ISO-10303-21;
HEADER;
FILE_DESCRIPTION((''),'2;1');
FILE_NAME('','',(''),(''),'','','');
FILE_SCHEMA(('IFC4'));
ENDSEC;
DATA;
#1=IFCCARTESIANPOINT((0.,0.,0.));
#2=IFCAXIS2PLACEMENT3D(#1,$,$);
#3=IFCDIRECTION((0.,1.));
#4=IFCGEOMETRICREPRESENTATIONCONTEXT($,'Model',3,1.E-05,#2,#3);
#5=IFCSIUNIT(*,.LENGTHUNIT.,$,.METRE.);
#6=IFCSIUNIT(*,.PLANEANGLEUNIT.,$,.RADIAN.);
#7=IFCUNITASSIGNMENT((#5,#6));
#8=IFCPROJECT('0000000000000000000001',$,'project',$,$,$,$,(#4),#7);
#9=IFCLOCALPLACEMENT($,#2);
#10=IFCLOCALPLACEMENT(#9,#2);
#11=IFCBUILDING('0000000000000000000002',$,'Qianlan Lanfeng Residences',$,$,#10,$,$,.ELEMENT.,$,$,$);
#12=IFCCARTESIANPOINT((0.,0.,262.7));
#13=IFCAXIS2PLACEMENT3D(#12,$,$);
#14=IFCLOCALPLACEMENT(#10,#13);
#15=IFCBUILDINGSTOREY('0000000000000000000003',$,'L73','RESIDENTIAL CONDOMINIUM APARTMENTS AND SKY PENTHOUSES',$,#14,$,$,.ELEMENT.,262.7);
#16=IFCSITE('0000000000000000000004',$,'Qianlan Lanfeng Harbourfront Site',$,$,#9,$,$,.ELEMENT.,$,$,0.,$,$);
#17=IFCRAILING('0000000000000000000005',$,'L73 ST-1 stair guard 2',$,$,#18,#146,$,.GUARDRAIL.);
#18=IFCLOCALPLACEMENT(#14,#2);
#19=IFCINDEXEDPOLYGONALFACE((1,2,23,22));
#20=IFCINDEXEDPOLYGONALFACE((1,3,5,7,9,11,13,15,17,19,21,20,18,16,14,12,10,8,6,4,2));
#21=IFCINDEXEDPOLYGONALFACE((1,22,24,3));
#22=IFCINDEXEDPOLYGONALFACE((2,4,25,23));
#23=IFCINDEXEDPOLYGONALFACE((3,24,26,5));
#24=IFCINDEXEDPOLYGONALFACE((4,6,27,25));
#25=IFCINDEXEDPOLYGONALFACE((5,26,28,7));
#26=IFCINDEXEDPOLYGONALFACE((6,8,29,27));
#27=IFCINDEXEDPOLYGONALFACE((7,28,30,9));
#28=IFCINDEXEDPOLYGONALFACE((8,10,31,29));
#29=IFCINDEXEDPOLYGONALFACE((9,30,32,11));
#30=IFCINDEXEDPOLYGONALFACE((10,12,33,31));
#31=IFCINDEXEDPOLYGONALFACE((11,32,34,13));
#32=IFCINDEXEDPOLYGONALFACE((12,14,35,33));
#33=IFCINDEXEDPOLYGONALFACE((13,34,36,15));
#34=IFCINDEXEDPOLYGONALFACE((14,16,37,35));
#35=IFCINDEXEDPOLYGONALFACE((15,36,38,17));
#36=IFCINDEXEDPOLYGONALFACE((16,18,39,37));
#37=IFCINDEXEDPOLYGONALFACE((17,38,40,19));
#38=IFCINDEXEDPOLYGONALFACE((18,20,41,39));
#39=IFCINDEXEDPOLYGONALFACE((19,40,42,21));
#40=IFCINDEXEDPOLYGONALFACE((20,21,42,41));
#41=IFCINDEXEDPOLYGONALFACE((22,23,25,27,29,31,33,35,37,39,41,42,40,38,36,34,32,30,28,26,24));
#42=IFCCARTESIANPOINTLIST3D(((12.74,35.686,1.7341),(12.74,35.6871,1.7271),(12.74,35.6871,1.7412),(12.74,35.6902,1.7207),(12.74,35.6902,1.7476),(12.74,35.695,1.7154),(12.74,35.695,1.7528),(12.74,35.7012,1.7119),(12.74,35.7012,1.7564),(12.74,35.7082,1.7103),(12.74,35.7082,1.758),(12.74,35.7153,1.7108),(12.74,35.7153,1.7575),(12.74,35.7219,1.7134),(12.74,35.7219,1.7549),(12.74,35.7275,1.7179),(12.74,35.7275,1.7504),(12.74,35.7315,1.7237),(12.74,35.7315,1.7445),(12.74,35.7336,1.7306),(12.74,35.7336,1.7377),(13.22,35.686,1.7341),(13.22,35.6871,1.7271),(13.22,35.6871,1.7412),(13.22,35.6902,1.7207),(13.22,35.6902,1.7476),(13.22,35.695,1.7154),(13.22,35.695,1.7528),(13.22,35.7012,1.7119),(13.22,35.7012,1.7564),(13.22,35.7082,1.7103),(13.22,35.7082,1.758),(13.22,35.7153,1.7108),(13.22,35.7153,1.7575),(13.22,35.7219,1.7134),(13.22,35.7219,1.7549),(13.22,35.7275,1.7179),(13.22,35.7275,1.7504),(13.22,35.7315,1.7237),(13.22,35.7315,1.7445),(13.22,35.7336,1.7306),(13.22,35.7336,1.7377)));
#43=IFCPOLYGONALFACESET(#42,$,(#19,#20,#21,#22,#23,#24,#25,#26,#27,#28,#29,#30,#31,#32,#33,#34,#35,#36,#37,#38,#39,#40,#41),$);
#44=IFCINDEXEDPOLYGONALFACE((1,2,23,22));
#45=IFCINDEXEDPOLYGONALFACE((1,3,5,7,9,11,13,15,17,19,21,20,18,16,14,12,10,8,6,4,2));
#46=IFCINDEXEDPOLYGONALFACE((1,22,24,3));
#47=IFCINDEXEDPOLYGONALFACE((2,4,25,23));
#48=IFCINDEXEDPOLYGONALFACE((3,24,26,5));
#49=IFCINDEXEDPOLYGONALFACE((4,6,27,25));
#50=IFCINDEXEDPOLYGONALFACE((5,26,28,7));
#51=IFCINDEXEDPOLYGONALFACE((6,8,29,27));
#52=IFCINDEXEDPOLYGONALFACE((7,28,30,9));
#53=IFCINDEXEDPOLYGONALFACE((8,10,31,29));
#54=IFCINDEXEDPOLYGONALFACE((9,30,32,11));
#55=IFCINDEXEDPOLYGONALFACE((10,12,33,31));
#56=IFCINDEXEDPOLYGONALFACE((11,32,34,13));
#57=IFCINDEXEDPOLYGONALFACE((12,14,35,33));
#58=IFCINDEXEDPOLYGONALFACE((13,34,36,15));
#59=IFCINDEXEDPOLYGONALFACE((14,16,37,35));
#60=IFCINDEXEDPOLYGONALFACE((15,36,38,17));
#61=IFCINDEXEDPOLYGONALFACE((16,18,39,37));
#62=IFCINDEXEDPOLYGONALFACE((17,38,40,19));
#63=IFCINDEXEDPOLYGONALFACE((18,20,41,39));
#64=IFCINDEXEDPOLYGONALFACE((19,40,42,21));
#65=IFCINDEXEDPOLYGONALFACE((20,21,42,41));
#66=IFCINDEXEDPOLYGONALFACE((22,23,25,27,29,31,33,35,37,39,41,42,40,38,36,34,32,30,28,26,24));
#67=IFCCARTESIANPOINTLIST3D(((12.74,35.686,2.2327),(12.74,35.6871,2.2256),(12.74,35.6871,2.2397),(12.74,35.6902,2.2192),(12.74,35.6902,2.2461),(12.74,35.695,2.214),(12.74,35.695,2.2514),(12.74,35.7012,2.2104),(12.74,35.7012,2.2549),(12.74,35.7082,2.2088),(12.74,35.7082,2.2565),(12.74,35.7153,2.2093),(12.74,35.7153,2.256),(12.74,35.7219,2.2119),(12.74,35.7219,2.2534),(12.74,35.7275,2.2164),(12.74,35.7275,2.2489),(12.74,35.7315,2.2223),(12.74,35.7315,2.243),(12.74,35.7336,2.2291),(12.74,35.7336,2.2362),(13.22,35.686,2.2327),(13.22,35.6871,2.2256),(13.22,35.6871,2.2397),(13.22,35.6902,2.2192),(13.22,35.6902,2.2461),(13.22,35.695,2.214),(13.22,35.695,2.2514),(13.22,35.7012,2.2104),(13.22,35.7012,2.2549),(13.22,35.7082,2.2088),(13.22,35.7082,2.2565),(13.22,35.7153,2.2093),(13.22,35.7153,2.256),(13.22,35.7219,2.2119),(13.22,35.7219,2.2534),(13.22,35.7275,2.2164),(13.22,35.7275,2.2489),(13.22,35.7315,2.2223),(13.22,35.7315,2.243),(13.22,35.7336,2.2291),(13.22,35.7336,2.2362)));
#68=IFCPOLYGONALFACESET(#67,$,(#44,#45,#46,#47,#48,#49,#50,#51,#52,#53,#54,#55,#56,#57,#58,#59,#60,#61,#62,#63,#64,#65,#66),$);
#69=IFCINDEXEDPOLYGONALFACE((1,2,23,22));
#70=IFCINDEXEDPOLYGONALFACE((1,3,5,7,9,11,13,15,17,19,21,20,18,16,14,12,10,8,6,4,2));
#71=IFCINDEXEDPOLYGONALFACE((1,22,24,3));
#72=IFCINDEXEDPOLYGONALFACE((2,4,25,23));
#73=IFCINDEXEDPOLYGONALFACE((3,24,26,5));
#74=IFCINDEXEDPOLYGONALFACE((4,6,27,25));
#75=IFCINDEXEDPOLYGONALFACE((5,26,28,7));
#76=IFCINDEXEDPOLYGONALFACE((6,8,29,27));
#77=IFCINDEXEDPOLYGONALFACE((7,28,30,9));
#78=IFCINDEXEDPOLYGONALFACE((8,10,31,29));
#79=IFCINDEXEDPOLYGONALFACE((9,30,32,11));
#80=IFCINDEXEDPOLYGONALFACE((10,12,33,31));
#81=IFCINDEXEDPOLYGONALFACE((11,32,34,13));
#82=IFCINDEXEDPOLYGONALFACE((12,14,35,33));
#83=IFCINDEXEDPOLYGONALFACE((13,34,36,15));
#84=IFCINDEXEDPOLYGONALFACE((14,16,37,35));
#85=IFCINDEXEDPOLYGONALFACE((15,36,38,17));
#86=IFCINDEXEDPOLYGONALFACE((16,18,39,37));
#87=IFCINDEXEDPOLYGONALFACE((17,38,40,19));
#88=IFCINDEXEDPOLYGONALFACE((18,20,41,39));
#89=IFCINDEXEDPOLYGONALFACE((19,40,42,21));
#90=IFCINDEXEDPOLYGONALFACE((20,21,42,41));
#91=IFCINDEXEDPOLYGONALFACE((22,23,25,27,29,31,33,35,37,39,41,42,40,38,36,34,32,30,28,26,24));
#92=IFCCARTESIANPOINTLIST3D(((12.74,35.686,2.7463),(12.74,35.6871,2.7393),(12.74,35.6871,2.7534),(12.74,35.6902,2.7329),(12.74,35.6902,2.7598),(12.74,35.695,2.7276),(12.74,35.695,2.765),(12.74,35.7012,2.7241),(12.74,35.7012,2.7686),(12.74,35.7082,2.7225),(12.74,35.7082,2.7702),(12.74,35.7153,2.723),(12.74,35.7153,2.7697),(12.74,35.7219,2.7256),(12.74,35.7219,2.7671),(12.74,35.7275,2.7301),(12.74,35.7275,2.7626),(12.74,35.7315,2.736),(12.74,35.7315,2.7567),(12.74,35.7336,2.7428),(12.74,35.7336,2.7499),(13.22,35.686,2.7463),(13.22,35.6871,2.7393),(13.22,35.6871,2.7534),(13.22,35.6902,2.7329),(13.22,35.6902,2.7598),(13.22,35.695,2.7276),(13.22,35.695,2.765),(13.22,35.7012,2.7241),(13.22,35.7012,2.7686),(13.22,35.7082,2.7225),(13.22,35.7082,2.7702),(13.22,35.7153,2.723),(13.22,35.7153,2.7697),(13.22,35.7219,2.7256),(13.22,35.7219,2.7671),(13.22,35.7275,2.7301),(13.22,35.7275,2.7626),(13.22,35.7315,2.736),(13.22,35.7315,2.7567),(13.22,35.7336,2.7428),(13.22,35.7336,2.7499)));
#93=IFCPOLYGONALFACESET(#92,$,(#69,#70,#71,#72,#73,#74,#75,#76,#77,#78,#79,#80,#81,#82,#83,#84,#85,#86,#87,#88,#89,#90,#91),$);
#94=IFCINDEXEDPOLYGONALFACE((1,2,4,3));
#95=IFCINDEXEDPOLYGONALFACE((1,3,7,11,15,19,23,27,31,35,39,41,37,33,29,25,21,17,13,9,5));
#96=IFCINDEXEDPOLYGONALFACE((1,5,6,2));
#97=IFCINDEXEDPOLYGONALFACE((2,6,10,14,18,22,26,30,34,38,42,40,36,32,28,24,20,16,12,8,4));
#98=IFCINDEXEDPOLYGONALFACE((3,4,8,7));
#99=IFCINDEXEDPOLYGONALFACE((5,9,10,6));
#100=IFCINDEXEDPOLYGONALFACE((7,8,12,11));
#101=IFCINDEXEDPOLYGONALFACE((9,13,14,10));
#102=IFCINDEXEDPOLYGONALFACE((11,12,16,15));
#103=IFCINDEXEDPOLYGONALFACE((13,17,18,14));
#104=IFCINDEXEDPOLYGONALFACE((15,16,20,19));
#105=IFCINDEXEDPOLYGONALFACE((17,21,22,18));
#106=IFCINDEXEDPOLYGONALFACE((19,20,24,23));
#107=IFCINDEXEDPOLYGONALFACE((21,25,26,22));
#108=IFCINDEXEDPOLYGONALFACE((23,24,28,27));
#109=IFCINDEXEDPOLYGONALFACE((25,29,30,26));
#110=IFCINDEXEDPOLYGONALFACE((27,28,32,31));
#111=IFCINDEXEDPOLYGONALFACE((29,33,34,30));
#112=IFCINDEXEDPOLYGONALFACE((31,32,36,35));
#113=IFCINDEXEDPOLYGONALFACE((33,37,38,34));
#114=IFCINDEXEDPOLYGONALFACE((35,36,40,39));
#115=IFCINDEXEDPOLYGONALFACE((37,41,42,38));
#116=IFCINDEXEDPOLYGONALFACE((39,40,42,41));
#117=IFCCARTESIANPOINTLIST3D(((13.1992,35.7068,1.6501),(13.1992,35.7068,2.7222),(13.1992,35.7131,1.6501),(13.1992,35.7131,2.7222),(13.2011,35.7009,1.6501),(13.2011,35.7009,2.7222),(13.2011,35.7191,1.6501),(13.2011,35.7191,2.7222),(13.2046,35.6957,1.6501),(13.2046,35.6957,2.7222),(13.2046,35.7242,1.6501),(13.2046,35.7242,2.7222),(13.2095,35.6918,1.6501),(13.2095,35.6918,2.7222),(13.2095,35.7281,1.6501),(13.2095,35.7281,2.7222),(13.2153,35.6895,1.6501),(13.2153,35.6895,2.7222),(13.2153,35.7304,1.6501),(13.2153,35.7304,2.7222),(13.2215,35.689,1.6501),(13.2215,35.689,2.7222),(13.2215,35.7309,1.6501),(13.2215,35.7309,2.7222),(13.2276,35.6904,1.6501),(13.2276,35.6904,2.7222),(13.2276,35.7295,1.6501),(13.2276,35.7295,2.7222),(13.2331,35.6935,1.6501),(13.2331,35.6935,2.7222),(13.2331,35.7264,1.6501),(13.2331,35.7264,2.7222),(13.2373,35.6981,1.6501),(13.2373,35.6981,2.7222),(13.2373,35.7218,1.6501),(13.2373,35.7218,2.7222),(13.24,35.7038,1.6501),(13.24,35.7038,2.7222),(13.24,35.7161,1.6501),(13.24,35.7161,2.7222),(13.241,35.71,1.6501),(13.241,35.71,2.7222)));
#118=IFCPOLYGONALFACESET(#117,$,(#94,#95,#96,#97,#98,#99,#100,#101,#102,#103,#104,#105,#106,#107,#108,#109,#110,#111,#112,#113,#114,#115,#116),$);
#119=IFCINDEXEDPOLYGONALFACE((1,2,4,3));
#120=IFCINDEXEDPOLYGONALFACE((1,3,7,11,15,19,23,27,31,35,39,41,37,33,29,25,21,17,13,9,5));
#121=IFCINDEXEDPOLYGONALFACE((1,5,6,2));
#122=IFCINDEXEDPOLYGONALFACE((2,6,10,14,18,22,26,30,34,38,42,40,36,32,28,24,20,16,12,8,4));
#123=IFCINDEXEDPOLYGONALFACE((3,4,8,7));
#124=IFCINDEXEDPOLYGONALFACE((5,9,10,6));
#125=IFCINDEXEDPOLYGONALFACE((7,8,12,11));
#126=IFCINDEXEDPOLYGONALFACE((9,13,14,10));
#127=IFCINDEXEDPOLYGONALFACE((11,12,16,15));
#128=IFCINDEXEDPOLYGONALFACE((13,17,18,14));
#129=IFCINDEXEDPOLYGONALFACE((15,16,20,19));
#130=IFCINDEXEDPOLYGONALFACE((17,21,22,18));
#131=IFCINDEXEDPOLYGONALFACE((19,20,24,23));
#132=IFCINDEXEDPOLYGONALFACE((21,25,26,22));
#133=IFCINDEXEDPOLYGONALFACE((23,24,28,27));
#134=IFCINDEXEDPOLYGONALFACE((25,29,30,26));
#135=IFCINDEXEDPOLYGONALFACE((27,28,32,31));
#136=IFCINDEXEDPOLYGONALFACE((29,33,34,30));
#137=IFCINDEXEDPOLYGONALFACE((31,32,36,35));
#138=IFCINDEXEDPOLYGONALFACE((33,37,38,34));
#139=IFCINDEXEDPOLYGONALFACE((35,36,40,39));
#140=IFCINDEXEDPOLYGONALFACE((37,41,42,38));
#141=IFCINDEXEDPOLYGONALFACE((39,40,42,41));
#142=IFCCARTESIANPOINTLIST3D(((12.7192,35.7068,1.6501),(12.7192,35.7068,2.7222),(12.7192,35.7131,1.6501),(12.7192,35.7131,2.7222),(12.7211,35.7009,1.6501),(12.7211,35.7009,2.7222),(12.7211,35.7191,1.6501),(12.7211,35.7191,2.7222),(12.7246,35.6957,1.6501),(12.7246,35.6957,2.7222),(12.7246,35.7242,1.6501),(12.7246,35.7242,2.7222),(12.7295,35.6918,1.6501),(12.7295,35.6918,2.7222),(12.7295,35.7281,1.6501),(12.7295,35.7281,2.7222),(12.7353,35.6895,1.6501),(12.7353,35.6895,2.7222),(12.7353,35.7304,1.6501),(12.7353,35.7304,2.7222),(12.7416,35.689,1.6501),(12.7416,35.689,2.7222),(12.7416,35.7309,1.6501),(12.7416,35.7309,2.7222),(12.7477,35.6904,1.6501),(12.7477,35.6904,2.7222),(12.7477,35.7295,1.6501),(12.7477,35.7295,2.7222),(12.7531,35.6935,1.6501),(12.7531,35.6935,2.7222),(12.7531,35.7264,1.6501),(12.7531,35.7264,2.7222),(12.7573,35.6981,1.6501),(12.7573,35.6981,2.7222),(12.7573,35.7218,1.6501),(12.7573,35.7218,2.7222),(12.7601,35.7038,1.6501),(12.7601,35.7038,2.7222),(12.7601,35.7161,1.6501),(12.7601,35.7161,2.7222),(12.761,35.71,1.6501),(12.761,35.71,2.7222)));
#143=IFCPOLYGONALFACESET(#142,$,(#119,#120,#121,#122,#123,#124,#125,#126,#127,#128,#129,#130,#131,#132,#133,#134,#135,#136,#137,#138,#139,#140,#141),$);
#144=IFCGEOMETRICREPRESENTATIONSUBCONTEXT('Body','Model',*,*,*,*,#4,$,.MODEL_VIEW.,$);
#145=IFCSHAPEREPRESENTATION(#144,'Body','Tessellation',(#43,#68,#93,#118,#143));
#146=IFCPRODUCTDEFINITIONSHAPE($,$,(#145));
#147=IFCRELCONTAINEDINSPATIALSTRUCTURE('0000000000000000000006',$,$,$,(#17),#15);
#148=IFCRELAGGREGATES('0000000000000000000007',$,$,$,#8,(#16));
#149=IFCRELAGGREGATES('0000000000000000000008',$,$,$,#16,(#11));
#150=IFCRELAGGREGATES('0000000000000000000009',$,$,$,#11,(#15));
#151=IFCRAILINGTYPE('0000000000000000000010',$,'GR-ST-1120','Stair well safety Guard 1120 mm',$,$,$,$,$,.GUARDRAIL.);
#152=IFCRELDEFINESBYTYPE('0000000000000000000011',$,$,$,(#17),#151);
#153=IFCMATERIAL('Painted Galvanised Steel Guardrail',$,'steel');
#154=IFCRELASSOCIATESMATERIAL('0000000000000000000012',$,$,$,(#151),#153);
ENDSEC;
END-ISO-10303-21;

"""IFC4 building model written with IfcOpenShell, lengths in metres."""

from ifc_helpers import new_model, si_unit, direction, frame, origin, origin_2d, place, context, subcontext, project, spatial, circle, extrude, material, type_object, element, save


model = new_model("IFC4")

# Units and contexts
model_context = context("Model", 3, precision=1e-05, world=origin(), true_north=direction((0.0, 1.0)))
body_context = subcontext(model_context, "Body", "Model", "MODEL_VIEW")
ifc_project = project(units=[si_unit("LENGTHUNIT", "METRE"), si_unit("PLANEANGLEUNIT", "RADIAN")], contexts=[model_context])

# Site, building, storey
site_placement = place(None, origin())
site = spatial("IfcSite", under=ifc_project, at=site_placement, Name="Qianlan Lanfeng Harbourfront Site", CompositionType="ELEMENT", RefElevation=0.0)
building_placement = place(site_placement, origin())
building = spatial("IfcBuilding", under=site, at=building_placement, Name="Qianlan Lanfeng Residences", CompositionType="ELEMENT")
storey_placement = place(building_placement, frame((0.0, 0.0, 262.7)))
storey = spatial("IfcBuildingStorey", under=building, at=storey_placement, Name="L73", Description="RESIDENTIAL CONDOMINIUM APARTMENTS AND SKY PENTHOUSES", CompositionType="ELEMENT", Elevation=262.7)

# Railing
ifc_material_1 = material(Name="Painted Galvanised Steel Guardrail", Category="steel")
railing_type_1 = type_object("IfcRailingType", Name="GR-ST-1120", Description="Stair well safety Guard 1120 mm", PredefinedType="GUARDRAIL", material=ifc_material_1)
railing_1_placement = place(storey_placement, frame((13.22, 35.71, 1.6501)))
element("IfcRailing", 1, at=railing_1_placement, inside=storey, type_object=railing_type_1, Name="L73 ST-1 stair guard 2", PredefinedType="GUARDRAIL", context=body_context, shape_type="SweptSolid", body=[
    extrude(circle(Radius=0.0239, at=origin_2d()), frame((0.0, 0.0, 0.084), z_axis=(-1.0, 0.0, 0.0), x_axis=(0.0, -1.0, 0.0)), (0.0, 0.0, 1.0), 0.48),
    extrude(circle(Radius=0.0239, at=origin_2d()), frame((0.0, 0.0, 0.5825), z_axis=(-1.0, 0.0, 0.0), x_axis=(0.0, -1.0, 0.0)), (0.0, 0.0, 1.0), 0.48),
    extrude(circle(Radius=0.0239, at=origin_2d()), frame((0.0, 0.0, 1.0962), z_axis=(-1.0, 0.0, 0.0), x_axis=(0.0, -1.0, 0.0)), (0.0, 0.0, 1.0), 0.48),
    extrude(circle(Radius=0.021, at=origin_2d()), origin(), (0.0, 0.0, 1.0), 1.072),
    extrude(circle(Radius=0.021, at=origin_2d()), frame((-0.48, 0.0, 0.0)), (0.0, 0.0, 1.0), 1.072),
])

save(model, "model.ifc")
